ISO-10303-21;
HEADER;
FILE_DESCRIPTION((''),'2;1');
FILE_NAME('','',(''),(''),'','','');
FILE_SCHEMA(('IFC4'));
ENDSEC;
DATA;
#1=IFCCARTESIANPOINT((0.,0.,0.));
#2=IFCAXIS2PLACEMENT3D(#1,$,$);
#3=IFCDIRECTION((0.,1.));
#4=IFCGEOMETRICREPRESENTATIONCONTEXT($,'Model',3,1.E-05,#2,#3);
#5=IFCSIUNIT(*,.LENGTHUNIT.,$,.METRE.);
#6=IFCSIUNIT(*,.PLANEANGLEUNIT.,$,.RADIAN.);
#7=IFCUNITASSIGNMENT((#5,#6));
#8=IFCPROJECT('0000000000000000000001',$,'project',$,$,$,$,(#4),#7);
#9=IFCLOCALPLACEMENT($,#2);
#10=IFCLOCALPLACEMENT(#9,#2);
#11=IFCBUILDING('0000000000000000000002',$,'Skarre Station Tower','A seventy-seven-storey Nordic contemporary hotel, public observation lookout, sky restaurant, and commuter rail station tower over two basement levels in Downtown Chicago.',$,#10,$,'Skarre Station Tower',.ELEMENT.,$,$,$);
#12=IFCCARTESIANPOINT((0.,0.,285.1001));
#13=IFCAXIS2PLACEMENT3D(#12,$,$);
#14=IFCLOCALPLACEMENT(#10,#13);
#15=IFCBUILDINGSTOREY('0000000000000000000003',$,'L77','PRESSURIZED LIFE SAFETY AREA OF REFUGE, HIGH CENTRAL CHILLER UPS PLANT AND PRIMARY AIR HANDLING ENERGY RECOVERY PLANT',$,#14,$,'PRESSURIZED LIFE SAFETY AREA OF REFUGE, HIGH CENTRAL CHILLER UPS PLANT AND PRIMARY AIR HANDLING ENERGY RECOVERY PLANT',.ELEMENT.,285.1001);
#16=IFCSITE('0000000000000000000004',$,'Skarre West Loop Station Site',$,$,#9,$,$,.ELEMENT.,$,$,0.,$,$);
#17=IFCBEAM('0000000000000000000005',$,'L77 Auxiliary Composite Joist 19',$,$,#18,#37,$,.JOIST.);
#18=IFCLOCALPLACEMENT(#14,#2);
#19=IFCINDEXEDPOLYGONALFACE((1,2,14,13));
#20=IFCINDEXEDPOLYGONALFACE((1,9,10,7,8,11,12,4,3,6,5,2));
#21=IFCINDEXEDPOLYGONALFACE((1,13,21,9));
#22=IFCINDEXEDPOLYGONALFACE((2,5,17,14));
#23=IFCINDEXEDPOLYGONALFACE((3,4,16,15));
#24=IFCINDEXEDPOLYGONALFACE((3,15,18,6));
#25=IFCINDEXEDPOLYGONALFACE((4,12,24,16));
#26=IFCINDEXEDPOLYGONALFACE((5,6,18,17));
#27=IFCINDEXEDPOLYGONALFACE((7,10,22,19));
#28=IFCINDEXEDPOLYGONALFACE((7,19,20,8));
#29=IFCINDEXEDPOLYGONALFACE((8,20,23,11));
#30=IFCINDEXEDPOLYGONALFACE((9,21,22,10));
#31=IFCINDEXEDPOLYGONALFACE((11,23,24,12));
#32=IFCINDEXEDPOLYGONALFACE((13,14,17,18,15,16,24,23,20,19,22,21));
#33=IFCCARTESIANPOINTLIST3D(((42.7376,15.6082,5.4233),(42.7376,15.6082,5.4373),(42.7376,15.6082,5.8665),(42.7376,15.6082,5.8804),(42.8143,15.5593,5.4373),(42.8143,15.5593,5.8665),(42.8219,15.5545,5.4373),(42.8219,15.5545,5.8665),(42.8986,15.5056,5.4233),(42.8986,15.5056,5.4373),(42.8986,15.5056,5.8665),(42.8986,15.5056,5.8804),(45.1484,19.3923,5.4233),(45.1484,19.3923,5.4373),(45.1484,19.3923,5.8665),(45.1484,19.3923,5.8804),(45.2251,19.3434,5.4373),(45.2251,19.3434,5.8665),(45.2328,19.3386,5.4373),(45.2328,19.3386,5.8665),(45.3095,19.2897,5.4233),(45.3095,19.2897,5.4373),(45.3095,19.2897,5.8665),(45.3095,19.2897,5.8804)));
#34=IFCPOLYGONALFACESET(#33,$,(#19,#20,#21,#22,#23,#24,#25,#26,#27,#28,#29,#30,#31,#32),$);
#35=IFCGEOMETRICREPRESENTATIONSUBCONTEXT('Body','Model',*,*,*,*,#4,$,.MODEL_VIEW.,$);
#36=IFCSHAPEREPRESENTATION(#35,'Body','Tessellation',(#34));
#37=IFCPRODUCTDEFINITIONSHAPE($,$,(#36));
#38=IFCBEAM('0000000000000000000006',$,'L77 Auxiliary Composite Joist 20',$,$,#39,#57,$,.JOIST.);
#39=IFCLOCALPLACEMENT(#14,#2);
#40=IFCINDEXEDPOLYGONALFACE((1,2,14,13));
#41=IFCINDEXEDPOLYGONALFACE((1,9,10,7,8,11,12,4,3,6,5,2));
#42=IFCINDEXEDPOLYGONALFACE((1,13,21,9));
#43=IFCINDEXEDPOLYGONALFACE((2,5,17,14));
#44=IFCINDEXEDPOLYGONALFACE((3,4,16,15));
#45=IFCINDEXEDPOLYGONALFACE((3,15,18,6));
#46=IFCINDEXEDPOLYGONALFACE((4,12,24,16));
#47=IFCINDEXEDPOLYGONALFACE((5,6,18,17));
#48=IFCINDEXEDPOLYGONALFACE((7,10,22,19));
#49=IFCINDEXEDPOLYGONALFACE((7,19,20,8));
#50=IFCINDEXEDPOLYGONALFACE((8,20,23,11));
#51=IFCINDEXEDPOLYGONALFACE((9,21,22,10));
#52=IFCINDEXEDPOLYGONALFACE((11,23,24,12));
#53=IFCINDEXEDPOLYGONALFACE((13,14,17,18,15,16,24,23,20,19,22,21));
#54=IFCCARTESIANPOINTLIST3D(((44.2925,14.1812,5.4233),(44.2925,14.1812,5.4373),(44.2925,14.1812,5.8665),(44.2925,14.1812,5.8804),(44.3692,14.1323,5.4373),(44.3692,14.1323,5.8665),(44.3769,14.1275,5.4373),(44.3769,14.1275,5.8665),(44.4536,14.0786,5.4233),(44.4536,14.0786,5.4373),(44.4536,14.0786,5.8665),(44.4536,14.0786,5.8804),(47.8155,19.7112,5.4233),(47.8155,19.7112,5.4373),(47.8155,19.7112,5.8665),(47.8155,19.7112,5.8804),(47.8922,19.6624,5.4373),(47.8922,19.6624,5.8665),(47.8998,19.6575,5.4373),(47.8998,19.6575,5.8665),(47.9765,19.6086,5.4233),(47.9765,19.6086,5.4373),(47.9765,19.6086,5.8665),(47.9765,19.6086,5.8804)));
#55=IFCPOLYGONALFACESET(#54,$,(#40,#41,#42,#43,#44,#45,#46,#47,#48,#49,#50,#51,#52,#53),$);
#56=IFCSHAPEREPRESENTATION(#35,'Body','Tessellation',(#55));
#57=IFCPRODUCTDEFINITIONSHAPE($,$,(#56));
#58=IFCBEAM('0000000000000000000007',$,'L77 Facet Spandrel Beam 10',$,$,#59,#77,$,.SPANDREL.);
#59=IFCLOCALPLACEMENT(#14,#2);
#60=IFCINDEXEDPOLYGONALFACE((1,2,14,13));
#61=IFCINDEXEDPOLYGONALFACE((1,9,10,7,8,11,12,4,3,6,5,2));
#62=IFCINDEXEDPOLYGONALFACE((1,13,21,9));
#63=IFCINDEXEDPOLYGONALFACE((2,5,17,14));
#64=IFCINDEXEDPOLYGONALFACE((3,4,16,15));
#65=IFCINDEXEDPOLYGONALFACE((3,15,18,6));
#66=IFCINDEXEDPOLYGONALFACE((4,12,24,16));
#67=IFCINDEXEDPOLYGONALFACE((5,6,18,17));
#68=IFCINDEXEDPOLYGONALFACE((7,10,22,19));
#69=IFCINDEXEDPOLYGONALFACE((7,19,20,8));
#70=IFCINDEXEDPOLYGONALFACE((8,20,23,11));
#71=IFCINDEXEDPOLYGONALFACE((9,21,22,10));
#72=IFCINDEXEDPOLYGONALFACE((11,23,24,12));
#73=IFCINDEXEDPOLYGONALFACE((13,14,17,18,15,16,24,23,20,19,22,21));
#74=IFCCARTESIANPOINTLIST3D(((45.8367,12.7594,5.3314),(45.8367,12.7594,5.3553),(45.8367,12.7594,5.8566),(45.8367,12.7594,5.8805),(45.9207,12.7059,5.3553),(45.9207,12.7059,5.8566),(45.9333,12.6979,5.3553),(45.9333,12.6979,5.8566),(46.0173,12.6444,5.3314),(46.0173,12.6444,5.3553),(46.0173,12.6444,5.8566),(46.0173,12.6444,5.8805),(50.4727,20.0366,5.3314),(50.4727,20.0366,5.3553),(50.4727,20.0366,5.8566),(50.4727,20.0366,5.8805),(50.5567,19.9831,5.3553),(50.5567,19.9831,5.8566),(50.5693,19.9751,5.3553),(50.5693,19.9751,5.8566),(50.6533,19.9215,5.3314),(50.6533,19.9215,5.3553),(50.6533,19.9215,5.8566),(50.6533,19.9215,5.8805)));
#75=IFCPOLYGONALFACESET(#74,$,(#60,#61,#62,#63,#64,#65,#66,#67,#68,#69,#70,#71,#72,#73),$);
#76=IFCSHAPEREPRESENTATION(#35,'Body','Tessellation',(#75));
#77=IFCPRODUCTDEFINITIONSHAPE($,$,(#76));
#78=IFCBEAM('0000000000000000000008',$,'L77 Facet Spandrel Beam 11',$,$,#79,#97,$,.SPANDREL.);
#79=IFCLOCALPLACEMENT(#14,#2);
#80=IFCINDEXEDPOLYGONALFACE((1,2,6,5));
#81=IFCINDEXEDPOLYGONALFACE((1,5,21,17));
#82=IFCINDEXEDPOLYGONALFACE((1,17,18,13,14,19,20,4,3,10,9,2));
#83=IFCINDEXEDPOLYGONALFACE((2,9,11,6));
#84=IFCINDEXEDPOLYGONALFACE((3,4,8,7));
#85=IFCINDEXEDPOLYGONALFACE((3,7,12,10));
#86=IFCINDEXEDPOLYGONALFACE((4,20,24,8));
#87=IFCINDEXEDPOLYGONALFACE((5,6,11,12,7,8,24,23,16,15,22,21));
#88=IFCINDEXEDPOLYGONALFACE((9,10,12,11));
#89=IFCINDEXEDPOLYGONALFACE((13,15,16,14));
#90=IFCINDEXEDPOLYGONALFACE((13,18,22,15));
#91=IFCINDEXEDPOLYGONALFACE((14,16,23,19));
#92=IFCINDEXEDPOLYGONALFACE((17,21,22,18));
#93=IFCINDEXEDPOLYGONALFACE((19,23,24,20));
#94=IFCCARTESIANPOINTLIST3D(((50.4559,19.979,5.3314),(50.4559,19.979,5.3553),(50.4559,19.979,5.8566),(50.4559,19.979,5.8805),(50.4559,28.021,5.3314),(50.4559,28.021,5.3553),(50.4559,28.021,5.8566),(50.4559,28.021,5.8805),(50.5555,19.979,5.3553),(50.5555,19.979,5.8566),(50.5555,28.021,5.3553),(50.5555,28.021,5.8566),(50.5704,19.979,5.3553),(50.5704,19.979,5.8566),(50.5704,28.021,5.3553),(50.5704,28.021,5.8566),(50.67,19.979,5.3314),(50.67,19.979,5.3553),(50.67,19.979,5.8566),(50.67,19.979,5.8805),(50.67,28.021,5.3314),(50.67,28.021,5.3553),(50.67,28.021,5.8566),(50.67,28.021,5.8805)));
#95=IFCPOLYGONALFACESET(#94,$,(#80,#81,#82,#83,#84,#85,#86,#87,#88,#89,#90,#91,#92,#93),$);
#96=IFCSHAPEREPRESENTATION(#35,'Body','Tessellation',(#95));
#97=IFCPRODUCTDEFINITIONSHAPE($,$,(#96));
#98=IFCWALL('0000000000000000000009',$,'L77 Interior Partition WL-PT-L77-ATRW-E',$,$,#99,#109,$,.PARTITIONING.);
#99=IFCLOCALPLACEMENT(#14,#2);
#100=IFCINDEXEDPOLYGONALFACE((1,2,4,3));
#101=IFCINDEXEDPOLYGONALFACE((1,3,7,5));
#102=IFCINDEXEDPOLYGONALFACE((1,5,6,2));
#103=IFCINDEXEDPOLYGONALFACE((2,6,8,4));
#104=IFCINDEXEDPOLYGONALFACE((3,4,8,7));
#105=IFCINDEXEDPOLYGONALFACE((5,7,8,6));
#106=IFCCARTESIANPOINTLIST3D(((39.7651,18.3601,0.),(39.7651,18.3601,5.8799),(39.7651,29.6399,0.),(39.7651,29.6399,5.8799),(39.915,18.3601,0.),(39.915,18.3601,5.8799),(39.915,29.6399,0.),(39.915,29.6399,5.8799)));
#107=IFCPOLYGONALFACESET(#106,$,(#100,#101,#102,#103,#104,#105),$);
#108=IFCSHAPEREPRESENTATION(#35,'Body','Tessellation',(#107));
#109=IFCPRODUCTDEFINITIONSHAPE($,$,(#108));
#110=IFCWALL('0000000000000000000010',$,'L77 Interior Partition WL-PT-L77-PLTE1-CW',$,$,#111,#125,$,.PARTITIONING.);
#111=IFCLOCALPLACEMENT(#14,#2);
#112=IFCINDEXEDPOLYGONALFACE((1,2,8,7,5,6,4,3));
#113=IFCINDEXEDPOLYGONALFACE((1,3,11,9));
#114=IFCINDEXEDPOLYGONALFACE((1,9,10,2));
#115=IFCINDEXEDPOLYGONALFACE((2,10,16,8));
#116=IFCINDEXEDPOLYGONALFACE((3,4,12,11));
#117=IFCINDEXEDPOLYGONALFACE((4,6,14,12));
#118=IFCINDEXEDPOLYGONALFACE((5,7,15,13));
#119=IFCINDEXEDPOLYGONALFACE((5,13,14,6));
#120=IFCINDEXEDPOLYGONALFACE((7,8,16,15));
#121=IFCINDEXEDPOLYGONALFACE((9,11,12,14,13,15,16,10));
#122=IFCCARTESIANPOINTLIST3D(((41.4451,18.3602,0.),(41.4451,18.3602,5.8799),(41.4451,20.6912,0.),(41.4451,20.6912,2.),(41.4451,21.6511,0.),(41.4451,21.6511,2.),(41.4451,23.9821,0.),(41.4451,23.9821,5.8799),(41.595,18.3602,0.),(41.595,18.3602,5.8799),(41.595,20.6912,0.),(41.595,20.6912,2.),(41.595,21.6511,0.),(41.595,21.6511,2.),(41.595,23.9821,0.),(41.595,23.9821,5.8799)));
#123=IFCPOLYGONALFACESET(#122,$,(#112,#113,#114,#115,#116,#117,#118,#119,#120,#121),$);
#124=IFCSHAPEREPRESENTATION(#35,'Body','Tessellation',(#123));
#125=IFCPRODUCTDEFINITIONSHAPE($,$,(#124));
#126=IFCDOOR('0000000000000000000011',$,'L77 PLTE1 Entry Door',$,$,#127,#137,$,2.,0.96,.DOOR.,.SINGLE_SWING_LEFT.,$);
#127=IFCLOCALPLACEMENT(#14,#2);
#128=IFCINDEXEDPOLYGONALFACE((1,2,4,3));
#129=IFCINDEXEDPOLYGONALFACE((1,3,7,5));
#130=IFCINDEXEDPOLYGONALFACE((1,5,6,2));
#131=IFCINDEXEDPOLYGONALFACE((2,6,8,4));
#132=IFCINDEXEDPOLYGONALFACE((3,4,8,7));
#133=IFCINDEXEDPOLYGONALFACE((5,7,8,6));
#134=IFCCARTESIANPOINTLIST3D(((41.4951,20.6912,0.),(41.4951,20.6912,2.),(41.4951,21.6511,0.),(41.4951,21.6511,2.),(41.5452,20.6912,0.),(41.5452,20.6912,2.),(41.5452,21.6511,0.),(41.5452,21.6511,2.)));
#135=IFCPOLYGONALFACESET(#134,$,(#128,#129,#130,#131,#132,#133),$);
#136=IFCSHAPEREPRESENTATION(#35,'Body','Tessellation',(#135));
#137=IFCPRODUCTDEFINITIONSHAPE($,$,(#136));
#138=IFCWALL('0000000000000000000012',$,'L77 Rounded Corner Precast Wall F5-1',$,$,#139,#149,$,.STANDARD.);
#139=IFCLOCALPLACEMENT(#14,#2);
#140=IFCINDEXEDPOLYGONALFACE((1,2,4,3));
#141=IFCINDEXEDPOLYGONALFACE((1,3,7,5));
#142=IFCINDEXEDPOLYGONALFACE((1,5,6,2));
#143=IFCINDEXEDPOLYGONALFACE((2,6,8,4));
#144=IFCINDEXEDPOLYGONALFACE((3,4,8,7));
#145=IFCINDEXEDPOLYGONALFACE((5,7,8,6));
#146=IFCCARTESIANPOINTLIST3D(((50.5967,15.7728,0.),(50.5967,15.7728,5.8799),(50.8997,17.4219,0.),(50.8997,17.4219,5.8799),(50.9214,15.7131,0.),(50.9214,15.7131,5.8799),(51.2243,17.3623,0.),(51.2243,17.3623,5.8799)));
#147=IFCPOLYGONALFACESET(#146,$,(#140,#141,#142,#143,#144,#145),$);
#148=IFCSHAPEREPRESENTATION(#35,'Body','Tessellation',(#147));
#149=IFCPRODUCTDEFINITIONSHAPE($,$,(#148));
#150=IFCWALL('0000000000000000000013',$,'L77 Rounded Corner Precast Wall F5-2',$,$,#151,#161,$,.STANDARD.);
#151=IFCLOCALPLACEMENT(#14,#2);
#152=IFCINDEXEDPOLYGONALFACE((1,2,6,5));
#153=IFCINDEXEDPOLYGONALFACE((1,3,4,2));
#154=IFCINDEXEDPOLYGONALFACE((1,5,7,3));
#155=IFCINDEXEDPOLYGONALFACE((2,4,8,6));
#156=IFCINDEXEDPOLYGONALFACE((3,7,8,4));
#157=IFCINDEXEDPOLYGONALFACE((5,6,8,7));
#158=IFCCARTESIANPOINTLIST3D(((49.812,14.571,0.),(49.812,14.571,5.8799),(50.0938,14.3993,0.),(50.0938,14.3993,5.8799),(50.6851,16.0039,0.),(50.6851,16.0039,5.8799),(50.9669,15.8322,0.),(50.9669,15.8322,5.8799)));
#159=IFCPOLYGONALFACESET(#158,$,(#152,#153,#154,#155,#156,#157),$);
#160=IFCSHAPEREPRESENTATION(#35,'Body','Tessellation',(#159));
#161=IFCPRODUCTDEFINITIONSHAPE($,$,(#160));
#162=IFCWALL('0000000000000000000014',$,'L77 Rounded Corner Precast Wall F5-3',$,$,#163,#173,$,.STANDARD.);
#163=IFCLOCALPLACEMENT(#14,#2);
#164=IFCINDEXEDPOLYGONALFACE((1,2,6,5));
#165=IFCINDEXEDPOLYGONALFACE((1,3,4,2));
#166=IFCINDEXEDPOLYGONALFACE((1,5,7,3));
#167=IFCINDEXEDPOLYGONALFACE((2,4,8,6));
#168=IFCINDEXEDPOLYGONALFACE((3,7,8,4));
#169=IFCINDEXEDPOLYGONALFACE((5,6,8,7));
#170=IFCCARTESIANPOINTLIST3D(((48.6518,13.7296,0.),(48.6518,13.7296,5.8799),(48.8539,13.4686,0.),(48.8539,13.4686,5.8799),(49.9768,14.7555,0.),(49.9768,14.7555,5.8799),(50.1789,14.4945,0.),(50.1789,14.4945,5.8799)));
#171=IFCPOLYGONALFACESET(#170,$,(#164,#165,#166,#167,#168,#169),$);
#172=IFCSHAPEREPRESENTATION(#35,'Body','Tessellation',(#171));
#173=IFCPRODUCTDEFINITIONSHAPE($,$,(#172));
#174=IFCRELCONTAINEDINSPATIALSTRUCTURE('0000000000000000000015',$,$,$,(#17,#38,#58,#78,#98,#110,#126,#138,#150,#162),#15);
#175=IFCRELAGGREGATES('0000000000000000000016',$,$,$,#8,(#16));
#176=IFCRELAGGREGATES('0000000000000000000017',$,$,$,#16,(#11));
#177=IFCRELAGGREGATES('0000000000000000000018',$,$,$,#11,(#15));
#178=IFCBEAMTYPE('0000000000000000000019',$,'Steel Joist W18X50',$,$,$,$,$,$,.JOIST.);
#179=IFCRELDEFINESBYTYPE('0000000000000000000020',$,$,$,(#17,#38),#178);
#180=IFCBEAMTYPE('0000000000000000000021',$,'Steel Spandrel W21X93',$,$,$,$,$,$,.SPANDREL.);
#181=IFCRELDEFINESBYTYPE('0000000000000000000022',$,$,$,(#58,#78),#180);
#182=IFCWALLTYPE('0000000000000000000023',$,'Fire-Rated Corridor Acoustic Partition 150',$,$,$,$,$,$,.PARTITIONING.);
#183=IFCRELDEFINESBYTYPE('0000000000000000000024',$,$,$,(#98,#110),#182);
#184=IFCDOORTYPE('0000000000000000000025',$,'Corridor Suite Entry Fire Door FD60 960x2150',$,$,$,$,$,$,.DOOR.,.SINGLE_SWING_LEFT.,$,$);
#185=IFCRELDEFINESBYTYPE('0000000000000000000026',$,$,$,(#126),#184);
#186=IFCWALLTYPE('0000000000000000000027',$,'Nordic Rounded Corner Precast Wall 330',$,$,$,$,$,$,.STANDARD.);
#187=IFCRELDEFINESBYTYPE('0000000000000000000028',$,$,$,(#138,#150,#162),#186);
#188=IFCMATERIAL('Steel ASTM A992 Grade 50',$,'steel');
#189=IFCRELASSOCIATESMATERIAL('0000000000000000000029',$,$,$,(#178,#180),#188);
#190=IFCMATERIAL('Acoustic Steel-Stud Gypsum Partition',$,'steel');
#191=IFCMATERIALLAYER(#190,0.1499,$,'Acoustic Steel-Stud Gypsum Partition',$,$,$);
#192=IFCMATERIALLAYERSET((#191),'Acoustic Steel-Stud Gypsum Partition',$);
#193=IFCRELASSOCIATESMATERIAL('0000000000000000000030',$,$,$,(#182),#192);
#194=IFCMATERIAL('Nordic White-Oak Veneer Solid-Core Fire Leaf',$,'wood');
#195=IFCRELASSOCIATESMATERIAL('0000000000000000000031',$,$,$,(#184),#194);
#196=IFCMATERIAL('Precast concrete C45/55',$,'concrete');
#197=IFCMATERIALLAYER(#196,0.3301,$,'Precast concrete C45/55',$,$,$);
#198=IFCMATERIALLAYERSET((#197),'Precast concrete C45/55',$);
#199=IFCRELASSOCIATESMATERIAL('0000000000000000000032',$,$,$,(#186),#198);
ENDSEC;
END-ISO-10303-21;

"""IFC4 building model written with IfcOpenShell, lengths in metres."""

from ifc_helpers import new_model, si_unit, direction, frame, frame_2d, origin, origin_2d, place, context, subcontext, project, spatial, rectangle, i_section, extrude, material, layer, layer_set, material_profile, profile_set, type_object, element, fill, save


model = new_model("IFC4")

# Units and contexts
model_context = context("Model", 3, precision=1e-05, world=origin(), true_north=direction((0.0, 1.0)))
body_context = subcontext(model_context, "Body", "Model", "MODEL_VIEW")
ifc_project = project(units=[si_unit("LENGTHUNIT", "METRE"), si_unit("PLANEANGLEUNIT", "RADIAN")], contexts=[model_context])

# Site, building, storey
site_placement = place(None, origin())
site = spatial("IfcSite", under=ifc_project, at=site_placement, Name="Skarre West Loop Station Site", CompositionType="ELEMENT", RefElevation=0.0)
building_placement = place(site_placement, origin())
building = spatial("IfcBuilding", under=site, at=building_placement, Name="Skarre Station Tower", Description="A seventy-seven-storey Nordic contemporary hotel, public observation lookout, sky restaurant, and commuter rail station tower over two basement levels in Downtown Chicago.", LongName="Skarre Station Tower", CompositionType="ELEMENT")
storey_placement = place(building_placement, frame((0.0, 0.0, 285.1001)))
storey = spatial("IfcBuildingStorey", under=building, at=storey_placement, Name="L77", Description="PRESSURIZED LIFE SAFETY AREA OF REFUGE, HIGH CENTRAL CHILLER UPS PLANT AND PRIMARY AIR HANDLING ENERGY RECOVERY PLANT", LongName="PRESSURIZED LIFE SAFETY AREA OF REFUGE, HIGH CENTRAL CHILLER UPS PLANT AND PRIMARY AIR HANDLING ENERGY RECOVERY PLANT", CompositionType="ELEMENT", Elevation=285.1001)

# Beams
ifc_material_1 = material(Name="Steel ASTM A992 Grade 50", Category="steel")
ifc_material_profile_1 = material_profile(ifc_material_1, i_section(OverallWidth=0.1909, OverallDepth=0.457, WebThickness=0.009, FlangeThickness=0.0139, at=origin_2d()), Name="Steel ASTM A992 Grade 50")
ifc_profile_set_1 = profile_set([ifc_material_profile_1], Name="Steel ASTM A992 Grade 50")
beam_type_1 = type_object("IfcBeamType", Name="Steel Joist W18X50", PredefinedType="JOIST", material=ifc_profile_set_1)
beam_1_placement = place(storey_placement, frame((42.8181, 15.5569, 5.6519), z_axis=(0.537316, 0.843381, 0.0), x_axis=(-0.843381, 0.537316, 0.0)))
element("IfcBeam", 1, at=beam_1_placement, inside=storey, type_object=beam_type_1, Name="L77 Auxiliary Composite Joist 19", PredefinedType="JOIST", context=body_context, shape_type="SweptSolid", body=[
    extrude(i_section(OverallWidth=0.1909, OverallDepth=0.457, WebThickness=0.009, FlangeThickness=0.0139, at=origin_2d()), origin(), (0.0, 0.0, 1.0), 4.4868),
])
beam_2_placement = place(storey_placement, frame((44.373, 14.1299, 5.6519), z_axis=(0.537292, 0.843396, 0.0), x_axis=(-0.843396, 0.537292, 0.0)))
element("IfcBeam", 2, at=beam_2_placement, inside=storey, type_object=beam_type_1, Name="L77 Auxiliary Composite Joist 20", PredefinedType="JOIST", context=body_context, shape_type="SweptSolid", body=[
    extrude(i_section(OverallWidth=0.1909, OverallDepth=0.457, WebThickness=0.009, FlangeThickness=0.0139, at=origin_2d()), origin(), (0.0, 0.0, 1.0), 6.5569),
])
ifc_material_profile_2 = material_profile(ifc_material_1, i_section(OverallWidth=0.2141, OverallDepth=0.5491, WebThickness=0.0149, FlangeThickness=0.0239, at=origin_2d()), Name="Steel ASTM A992 Grade 50")
ifc_profile_set_2 = profile_set([ifc_material_profile_2], Name="Steel ASTM A992 Grade 50")
beam_type_2 = type_object("IfcBeamType", Name="Steel Spandrel W21X93", PredefinedType="SPANDREL", material=ifc_profile_set_2)
beam_3_placement = place(storey_placement, frame((45.927, 12.7019, 5.606), z_axis=(0.537297, 0.843393, 0.0), x_axis=(-0.843393, 0.537297, 0.0)))
element("IfcBeam", 3, at=beam_3_placement, inside=storey, type_object=beam_type_2, Name="L77 Facet Spandrel Beam 10", PredefinedType="SPANDREL", context=body_context, shape_type="SweptSolid", body=[
    extrude(i_section(OverallWidth=0.2141, OverallDepth=0.5491, WebThickness=0.0149, FlangeThickness=0.0239, at=origin_2d()), origin(), (0.0, 0.0, 1.0), 8.6284),
])
beam_4_placement = place(storey_placement, frame((50.563, 19.979, 5.606), z_axis=(0.0, 1.0, 0.0), x_axis=(-1.0, 0.0, 0.0)))
element("IfcBeam", 4, at=beam_4_placement, inside=storey, type_object=beam_type_2, Name="L77 Facet Spandrel Beam 11", PredefinedType="SPANDREL", context=body_context, shape_type="SweptSolid", body=[
    extrude(i_section(OverallWidth=0.2141, OverallDepth=0.5491, WebThickness=0.0149, FlangeThickness=0.0239, at=origin_2d()), origin(), (0.0, 0.0, 1.0), 8.042),
])

# Wall
ifc_material_2 = material(Name="Acoustic Steel-Stud Gypsum Partition", Category="steel")
ifc_layer_1 = layer(ifc_material_2, 0.1499, Name="Acoustic Steel-Stud Gypsum Partition")
ifc_layer_set_1 = layer_set([ifc_layer_1], Name="Acoustic Steel-Stud Gypsum Partition")
wall_type_1 = type_object("IfcWallType", Name="Fire-Rated Corridor Acoustic Partition 150", PredefinedType="PARTITIONING", material=ifc_layer_set_1)
wall_1_placement = place(storey_placement, frame((39.8401, 18.3601, 0.0), z_axis=(0.0, 0.0, 1.0), x_axis=(0.0, 1.0, 0.0)))
element("IfcWall", 5, at=wall_1_placement, inside=storey, type_object=wall_type_1, Name="L77 Interior Partition WL-PT-L77-ATRW-E", PredefinedType="PARTITIONING", context=body_context, shape_type="SweptSolid", body=[
    extrude(rectangle(XDim=11.2798, YDim=0.1499, at=frame_2d((5.6399, 0.0))), origin(), (0.0, 0.0, 1.0), 5.8799),
])

# Wall, opening, door
wall_2_placement = place(storey_placement, frame((41.52, 18.3601, 0.0), z_axis=(0.0, 0.0, 1.0), x_axis=(0.0, 1.0, 0.0)))
wall_2 = element("IfcWall", 6, at=wall_2_placement, inside=storey, type_object=wall_type_1, Name="L77 Interior Partition WL-PT-L77-PLTE1-CW", PredefinedType="PARTITIONING", context=body_context, shape_type="SweptSolid", body=[
    extrude(rectangle(XDim=5.6218, YDim=0.1499, at=frame_2d((2.811, 0.0))), origin(), (0.0, 0.0, 1.0), 5.8799),
])
opening_placement = place(wall_2_placement, frame((2.3311, 0.0, 0.0)))
opening = element("IfcOpeningElement", 7, at=opening_placement, cuts=wall_2, PredefinedType="OPENING", context=body_context, shape_type="SweptSolid", body=[
    extrude(rectangle(XDim=0.96, YDim=2.0, at=frame_2d((0.48, 1.0))), frame((0.0, 0.085, 0.0), z_axis=(0.0, -1.0, 0.0), x_axis=(1.0, 0.0, 0.0)), (0.0, 0.0, 1.0), 0.1699),
])
ifc_material_3 = material(Name="Nordic White-Oak Veneer Solid-Core Fire Leaf", Category="wood")
door_type = type_object("IfcDoorType", Name="Corridor Suite Entry Fire Door FD60 960x2150", OperationType="SINGLE_SWING_LEFT", PredefinedType="DOOR", material=ifc_material_3)
door_placement = place(opening_placement, origin())
door = element("IfcDoor", 8, at=door_placement, inside=storey, type_object=door_type, Name="L77 PLTE1 Entry Door", OperationType="SINGLE_SWING_LEFT", OverallHeight=2.0, OverallWidth=0.96, PredefinedType="DOOR", context=body_context, shape_type="SweptSolid", body=[
    extrude(rectangle(XDim=0.96, YDim=2.0, at=frame_2d((0.48, 1.0))), frame((0.0, 0.0249, 0.0), z_axis=(0.0, -1.0, 0.0), x_axis=(1.0, 0.0, 0.0)), (0.0, 0.0, 1.0), 0.05),
])
fill(opening, door)

# Walls
ifc_material_4 = material(Name="Precast concrete C45/55", Category="concrete")
ifc_layer_2 = layer(ifc_material_4, 0.3301, Name="Precast concrete C45/55")
ifc_layer_set_2 = layer_set([ifc_layer_2], Name="Precast concrete C45/55")
wall_type_2 = type_object("IfcWallType", Name="Nordic Rounded Corner Precast Wall 330", PredefinedType="STANDARD", material=ifc_layer_set_2)
wall_3_placement = place(storey_placement, frame((51.062, 17.3921, 0.0), z_axis=(0.0, 0.0, 1.0), x_axis=(-0.180692, -0.98354, 0.0)))
element("IfcWall", 9, at=wall_3_placement, inside=storey, type_object=wall_type_2, Name="L77 Rounded Corner Precast Wall F5-1", PredefinedType="STANDARD", context=body_context, shape_type="SweptSolid", body=[
    extrude(rectangle(XDim=1.6768, YDim=0.3301, at=frame_2d((0.8384, 0.0))), origin(), (0.0, 0.0, 1.0), 5.8799),
])
wall_4_placement = place(storey_placement, frame((50.8259, 15.918, 0.0), z_axis=(0.0, 0.0, 1.0), x_axis=(-0.520325, -0.853968, 0.0)))
element("IfcWall", 10, at=wall_4_placement, inside=storey, type_object=wall_type_2, Name="L77 Rounded Corner Precast Wall F5-2", PredefinedType="STANDARD", context=body_context, shape_type="SweptSolid", body=[
    extrude(rectangle(XDim=1.678, YDim=0.3301, at=frame_2d((0.8389, 0.0))), origin(), (0.0, 0.0, 1.0), 5.8799),
])
wall_5_placement = place(storey_placement, frame((50.0779, 14.625, 0.0), z_axis=(0.0, 0.0, 1.0), x_axis=(-0.790692, -0.612214, 0.0)))
element("IfcWall", 11, at=wall_5_placement, inside=storey, type_object=wall_type_2, Name="L77 Rounded Corner Precast Wall F5-3", PredefinedType="STANDARD", context=body_context, shape_type="SweptSolid", body=[
    extrude(rectangle(XDim=1.6758, YDim=0.3301, at=frame_2d((0.8379, 0.0))), origin(), (0.0, 0.0, 1.0), 5.8799),
])

save(model, "model.ifc")
